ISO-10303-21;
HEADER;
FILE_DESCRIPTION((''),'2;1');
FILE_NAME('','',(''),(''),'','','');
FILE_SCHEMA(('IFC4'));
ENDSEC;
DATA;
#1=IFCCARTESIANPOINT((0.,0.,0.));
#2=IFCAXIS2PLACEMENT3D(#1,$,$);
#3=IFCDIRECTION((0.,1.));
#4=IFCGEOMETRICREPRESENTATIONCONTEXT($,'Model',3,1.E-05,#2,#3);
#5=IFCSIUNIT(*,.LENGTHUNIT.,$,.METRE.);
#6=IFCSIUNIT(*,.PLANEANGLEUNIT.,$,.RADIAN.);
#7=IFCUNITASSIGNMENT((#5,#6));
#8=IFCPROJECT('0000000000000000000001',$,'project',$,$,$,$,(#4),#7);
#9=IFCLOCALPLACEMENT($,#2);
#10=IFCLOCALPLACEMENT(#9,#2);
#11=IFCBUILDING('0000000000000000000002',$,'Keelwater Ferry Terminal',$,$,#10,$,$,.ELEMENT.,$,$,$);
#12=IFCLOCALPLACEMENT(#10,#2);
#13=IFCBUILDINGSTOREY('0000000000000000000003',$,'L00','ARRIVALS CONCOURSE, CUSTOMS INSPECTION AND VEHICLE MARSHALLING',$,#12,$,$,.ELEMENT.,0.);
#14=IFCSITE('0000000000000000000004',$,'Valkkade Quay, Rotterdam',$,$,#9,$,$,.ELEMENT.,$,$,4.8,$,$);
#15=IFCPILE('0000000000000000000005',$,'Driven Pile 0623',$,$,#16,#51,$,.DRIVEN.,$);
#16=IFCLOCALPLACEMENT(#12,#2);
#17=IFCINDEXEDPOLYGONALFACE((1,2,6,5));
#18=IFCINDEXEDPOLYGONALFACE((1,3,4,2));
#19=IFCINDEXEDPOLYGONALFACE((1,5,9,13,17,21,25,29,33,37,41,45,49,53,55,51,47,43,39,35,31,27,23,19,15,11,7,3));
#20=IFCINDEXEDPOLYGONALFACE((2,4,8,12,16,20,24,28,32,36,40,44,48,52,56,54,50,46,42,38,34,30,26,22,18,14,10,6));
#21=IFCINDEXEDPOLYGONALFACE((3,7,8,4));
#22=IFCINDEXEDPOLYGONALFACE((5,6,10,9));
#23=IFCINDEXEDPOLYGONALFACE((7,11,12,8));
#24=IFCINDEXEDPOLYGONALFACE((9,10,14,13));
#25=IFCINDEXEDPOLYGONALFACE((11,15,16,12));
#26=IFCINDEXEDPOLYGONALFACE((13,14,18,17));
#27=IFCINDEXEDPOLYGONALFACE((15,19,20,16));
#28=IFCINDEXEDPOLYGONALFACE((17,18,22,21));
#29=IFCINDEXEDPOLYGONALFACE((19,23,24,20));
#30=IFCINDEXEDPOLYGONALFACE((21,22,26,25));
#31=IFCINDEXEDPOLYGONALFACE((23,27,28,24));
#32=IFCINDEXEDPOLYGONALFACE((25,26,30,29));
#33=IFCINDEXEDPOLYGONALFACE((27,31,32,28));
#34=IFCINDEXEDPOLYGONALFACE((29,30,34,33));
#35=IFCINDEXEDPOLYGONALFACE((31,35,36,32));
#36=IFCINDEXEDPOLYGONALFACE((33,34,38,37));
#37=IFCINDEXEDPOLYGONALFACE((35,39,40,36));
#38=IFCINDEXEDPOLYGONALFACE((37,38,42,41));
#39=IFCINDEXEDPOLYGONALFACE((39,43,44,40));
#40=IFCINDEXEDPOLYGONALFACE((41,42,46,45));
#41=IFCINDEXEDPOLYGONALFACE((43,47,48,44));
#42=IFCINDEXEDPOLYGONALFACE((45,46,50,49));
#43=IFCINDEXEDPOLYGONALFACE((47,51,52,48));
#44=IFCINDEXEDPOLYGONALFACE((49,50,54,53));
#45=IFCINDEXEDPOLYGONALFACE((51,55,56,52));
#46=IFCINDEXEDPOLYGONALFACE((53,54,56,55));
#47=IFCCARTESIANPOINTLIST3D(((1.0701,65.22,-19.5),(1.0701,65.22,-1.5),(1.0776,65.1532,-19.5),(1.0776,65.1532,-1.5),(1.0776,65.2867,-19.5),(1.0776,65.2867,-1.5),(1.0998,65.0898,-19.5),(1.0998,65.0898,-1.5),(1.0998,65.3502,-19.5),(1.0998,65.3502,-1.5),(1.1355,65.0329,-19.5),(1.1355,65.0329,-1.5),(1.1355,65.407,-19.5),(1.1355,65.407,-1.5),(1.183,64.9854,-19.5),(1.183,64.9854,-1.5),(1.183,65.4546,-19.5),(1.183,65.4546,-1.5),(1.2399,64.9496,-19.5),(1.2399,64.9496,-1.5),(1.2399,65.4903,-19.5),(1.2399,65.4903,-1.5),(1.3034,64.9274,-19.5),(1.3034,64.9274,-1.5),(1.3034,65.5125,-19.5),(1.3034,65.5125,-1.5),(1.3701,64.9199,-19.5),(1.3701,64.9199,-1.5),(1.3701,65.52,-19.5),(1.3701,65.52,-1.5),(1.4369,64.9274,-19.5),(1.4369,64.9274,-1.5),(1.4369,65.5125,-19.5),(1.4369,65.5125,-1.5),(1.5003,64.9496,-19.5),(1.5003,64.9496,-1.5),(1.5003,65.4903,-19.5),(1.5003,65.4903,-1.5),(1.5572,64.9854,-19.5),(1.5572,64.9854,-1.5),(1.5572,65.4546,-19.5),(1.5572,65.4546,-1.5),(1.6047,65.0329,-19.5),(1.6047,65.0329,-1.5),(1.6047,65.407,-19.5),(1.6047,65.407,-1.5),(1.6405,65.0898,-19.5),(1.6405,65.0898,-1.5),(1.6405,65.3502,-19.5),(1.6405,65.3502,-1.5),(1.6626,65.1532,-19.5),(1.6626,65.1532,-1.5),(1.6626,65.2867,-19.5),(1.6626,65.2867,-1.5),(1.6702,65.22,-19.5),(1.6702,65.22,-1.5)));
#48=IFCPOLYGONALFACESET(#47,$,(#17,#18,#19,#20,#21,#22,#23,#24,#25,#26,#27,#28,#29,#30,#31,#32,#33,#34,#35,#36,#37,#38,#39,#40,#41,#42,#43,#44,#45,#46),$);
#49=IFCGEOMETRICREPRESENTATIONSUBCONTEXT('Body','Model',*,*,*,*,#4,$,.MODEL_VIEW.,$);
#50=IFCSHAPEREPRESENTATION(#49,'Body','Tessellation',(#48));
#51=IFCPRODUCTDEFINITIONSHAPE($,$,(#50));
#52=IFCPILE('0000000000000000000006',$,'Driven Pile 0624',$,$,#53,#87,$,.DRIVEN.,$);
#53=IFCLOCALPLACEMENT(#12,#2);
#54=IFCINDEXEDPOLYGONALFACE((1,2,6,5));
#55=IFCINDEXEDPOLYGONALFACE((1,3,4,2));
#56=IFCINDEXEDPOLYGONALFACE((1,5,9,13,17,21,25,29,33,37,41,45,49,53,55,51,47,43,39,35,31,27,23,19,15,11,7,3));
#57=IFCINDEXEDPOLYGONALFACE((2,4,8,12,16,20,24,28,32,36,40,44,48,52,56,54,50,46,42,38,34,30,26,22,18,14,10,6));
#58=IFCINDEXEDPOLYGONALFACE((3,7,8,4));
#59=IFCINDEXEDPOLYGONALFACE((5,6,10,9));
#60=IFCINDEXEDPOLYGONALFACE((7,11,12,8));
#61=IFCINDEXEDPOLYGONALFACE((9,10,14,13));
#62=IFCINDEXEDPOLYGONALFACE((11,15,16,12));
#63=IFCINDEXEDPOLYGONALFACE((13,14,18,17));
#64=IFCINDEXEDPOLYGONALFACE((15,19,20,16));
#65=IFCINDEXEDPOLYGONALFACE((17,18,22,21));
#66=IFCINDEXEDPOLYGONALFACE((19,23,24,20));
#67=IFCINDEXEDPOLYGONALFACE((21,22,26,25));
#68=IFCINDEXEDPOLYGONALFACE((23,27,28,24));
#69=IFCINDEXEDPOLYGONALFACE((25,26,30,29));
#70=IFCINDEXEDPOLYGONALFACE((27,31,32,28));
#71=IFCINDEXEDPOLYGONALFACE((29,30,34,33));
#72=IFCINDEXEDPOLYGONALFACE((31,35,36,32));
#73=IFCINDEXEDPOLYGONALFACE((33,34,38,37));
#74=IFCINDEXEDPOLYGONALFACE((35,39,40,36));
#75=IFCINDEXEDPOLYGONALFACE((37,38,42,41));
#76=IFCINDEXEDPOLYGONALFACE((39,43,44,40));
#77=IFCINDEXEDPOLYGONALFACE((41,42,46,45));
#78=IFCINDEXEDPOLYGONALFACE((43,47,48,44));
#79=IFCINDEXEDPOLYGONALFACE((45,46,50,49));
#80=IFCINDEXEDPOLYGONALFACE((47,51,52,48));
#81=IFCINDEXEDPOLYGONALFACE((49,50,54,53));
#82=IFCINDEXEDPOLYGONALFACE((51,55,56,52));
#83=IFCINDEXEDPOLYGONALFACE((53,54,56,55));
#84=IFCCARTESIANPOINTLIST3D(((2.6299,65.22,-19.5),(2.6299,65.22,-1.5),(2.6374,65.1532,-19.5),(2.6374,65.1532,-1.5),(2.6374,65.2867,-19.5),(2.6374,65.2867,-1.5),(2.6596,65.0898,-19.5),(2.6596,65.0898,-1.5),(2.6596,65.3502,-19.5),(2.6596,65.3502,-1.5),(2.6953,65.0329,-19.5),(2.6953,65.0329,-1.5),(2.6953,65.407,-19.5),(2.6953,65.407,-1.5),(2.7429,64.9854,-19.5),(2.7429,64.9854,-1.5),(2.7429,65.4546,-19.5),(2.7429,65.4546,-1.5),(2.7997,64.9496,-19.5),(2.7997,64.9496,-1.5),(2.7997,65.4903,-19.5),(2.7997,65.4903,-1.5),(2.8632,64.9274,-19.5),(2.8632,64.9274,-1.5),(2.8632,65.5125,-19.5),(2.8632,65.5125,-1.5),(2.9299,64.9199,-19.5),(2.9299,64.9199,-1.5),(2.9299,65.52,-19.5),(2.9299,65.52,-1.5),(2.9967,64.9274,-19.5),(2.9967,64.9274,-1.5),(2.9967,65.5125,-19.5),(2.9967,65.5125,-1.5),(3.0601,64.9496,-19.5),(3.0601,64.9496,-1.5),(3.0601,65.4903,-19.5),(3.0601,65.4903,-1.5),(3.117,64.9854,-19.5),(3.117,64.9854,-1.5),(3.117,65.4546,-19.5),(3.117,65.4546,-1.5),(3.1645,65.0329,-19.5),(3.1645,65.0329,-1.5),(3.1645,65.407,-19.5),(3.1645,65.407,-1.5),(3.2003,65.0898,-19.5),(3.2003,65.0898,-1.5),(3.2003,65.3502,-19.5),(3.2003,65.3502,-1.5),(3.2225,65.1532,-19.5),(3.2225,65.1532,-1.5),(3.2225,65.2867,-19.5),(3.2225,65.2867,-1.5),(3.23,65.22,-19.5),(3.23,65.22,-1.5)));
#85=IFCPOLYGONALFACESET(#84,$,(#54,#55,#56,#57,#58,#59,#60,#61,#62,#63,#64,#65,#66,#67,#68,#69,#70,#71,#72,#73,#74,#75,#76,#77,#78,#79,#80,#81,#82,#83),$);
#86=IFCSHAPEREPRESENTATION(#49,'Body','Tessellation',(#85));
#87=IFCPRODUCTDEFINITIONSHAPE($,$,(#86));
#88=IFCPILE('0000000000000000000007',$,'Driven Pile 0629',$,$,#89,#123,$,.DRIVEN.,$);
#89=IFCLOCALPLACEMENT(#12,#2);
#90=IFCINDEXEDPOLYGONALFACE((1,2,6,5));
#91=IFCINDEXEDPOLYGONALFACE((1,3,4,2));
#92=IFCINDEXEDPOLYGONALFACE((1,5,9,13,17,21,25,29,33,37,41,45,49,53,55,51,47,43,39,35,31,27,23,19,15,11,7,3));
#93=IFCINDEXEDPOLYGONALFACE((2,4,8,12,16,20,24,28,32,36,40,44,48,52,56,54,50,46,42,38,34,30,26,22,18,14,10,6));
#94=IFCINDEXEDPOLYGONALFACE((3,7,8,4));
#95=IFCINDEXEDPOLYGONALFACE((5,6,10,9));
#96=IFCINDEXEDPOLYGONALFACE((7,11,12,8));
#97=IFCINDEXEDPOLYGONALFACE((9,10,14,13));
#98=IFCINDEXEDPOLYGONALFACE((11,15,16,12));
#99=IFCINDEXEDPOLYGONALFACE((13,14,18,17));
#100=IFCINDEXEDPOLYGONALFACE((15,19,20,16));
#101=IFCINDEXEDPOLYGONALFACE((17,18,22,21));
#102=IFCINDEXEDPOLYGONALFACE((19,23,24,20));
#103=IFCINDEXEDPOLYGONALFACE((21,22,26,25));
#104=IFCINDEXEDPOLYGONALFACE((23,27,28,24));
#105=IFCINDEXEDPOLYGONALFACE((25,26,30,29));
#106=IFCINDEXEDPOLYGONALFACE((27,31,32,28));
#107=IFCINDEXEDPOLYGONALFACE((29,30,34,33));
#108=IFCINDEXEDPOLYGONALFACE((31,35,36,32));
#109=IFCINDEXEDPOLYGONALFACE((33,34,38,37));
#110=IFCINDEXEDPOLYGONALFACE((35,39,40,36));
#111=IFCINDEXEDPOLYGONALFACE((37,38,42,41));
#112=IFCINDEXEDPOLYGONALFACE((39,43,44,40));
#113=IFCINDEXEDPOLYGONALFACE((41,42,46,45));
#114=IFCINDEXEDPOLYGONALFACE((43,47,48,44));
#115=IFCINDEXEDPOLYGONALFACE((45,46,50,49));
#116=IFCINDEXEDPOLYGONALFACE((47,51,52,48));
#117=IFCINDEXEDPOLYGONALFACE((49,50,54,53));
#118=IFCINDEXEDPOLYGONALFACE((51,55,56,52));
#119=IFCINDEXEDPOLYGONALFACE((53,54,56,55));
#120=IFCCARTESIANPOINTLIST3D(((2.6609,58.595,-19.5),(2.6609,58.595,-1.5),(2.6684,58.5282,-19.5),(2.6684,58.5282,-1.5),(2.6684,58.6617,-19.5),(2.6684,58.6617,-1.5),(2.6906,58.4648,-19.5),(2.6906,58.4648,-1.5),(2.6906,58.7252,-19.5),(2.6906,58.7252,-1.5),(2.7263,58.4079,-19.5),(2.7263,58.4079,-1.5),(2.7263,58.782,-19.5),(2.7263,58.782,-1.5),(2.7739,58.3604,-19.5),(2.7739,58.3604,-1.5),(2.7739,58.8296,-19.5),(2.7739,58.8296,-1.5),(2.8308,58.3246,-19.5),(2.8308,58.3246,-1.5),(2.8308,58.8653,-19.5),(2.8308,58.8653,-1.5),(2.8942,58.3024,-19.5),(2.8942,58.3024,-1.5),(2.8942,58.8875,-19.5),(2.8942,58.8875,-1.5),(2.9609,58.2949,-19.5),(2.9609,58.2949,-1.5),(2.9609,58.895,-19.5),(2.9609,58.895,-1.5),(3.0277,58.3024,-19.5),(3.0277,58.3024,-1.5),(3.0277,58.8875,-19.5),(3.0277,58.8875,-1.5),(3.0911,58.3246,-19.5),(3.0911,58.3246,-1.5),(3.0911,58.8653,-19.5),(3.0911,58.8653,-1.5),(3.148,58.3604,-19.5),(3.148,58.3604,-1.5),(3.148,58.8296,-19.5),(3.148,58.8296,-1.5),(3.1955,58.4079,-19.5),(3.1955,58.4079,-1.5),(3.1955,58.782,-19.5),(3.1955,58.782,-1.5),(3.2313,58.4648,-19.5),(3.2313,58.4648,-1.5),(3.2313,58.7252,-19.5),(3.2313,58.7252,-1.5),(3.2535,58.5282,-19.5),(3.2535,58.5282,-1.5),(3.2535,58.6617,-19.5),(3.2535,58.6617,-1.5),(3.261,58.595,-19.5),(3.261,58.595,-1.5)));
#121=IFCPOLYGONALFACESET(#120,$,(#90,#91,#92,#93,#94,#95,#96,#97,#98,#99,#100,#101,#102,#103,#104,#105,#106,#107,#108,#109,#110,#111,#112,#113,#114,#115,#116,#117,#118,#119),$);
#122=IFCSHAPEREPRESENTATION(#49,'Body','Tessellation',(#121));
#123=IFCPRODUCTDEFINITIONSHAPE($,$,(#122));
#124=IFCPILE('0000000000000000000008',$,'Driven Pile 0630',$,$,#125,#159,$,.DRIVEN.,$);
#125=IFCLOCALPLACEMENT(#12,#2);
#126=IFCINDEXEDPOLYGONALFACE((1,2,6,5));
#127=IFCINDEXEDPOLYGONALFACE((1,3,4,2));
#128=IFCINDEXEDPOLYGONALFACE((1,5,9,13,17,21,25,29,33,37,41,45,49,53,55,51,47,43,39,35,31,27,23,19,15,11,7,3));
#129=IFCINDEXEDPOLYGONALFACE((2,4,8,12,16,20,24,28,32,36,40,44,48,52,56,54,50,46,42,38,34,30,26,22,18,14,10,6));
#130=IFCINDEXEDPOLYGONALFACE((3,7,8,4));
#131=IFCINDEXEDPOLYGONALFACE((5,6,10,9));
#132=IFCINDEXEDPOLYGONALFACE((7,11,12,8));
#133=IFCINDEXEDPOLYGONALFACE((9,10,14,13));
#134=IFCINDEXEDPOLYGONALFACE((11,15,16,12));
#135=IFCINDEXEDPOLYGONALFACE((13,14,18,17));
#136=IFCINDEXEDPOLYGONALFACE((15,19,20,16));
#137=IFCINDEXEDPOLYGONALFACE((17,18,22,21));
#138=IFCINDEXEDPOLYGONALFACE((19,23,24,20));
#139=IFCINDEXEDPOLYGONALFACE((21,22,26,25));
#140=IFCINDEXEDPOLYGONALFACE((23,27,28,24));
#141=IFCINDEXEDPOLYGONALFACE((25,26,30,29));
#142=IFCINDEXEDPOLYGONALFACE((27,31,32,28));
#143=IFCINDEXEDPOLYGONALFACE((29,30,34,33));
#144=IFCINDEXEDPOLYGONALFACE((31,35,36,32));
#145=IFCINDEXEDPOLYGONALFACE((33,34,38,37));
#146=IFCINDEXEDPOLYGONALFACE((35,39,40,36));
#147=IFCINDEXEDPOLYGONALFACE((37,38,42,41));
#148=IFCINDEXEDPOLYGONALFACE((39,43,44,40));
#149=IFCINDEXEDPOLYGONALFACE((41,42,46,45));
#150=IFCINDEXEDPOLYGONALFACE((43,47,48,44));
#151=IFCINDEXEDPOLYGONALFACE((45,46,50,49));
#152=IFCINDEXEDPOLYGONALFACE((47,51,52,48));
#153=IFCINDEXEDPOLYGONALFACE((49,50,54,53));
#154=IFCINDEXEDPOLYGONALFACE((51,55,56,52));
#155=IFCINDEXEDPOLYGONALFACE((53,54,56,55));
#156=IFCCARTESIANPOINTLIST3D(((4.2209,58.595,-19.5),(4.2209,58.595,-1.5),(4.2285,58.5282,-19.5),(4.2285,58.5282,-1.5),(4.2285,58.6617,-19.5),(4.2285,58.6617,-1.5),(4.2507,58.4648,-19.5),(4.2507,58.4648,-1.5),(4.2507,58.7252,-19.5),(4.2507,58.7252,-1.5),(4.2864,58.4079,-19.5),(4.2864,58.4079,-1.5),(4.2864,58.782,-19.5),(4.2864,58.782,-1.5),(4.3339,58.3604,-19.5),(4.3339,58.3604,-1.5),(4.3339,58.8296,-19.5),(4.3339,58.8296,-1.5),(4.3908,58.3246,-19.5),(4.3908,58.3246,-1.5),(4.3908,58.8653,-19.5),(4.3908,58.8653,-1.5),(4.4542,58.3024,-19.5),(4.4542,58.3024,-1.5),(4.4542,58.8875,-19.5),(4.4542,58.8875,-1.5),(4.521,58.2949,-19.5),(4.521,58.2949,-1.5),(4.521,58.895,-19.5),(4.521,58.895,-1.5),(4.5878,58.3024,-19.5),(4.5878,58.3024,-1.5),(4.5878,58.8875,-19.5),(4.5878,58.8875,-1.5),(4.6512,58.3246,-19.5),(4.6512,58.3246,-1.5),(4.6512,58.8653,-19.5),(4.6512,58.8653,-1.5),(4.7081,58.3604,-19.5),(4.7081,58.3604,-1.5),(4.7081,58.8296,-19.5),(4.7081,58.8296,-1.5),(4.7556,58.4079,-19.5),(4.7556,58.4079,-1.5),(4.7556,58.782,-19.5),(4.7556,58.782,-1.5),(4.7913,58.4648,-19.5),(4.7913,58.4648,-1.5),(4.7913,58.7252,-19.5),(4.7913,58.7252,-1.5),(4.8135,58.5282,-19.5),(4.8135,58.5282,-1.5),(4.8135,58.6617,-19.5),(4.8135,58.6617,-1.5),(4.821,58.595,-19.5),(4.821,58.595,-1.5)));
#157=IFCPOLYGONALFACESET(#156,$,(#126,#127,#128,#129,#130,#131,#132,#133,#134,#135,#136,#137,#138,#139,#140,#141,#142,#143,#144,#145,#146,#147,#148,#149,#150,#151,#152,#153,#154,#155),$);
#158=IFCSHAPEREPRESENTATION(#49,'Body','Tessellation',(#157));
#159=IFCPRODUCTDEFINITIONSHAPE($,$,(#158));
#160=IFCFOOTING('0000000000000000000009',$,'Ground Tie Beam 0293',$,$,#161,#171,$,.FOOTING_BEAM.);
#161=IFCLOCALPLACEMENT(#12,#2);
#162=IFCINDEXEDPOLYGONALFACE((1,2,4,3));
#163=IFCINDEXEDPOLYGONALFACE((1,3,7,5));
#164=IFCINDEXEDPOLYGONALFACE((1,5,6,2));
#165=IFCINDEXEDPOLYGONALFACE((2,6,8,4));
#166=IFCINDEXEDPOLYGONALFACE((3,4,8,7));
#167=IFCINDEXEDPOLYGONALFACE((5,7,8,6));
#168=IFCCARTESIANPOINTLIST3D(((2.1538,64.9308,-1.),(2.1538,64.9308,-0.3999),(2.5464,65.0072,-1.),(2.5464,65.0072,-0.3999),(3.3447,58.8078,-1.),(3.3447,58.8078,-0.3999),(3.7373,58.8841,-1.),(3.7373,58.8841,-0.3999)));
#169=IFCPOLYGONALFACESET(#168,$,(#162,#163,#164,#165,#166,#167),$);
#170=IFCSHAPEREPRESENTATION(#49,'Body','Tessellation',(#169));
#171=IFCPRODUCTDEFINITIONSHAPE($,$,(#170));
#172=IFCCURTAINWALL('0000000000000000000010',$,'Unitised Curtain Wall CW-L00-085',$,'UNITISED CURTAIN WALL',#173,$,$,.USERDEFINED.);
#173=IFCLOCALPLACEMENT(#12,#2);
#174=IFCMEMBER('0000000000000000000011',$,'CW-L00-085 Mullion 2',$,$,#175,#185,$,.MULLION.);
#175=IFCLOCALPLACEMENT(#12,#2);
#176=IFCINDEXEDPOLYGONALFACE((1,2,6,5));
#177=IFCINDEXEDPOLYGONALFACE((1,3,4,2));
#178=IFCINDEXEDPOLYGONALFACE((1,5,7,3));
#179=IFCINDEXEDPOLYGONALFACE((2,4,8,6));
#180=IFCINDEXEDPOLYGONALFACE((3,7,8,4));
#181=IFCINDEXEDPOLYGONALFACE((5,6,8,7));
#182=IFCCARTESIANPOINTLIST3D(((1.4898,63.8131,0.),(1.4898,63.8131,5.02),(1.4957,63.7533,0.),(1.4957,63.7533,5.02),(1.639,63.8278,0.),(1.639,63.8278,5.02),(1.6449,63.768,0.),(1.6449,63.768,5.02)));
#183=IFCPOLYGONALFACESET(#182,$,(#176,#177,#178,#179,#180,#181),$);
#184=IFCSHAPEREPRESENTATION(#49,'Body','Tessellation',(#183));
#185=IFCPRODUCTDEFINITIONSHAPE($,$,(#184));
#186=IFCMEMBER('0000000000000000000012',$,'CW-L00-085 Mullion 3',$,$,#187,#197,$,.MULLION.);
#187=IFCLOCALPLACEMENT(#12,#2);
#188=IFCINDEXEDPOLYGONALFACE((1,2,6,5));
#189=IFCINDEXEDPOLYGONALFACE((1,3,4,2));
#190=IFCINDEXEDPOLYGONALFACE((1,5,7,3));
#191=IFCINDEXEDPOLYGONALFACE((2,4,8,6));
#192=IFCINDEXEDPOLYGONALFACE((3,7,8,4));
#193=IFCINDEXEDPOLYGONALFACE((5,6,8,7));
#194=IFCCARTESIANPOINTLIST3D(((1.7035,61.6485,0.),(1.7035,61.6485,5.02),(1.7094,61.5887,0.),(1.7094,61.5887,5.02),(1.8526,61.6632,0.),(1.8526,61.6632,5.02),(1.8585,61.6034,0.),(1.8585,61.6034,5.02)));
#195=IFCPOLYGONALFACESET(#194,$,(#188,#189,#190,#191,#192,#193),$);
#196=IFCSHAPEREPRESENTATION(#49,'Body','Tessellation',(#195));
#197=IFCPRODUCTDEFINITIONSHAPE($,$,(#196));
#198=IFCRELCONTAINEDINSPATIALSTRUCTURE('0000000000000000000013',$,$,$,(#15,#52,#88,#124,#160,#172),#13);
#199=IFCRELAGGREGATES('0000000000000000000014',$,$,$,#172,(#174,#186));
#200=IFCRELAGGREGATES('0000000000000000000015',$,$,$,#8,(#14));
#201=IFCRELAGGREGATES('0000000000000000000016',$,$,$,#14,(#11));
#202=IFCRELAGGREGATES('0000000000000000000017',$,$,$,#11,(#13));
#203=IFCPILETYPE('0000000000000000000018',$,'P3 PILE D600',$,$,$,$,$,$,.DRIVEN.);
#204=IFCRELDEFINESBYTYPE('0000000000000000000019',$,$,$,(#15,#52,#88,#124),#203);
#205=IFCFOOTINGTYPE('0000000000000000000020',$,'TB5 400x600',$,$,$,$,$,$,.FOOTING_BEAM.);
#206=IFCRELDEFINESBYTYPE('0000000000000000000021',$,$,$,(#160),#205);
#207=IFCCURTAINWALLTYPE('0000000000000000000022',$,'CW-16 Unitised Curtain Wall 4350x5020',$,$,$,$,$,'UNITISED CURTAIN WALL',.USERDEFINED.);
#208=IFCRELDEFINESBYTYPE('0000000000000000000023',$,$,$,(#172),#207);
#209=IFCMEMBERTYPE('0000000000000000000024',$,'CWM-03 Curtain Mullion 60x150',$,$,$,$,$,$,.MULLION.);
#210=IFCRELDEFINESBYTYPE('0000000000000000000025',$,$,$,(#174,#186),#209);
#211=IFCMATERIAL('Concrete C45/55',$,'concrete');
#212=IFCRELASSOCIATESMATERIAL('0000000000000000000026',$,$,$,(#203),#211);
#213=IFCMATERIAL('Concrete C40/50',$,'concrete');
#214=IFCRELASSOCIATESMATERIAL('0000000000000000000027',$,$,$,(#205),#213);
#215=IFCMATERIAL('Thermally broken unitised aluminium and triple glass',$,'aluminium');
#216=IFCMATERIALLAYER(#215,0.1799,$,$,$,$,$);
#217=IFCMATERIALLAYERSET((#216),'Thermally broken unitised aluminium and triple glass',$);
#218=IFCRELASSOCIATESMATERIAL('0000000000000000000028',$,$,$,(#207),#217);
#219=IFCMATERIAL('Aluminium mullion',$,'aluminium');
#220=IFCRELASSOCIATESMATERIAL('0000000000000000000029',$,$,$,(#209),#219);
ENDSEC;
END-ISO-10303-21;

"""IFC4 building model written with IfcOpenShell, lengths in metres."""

from ifc_helpers import new_model, si_unit, direction, frame, origin, origin_2d, place, context, subcontext, project, spatial, rectangle, circle, extrude, material, layer, layer_set, material_profile, profile_set, type_object, element, aggregate, save


model = new_model("IFC4")

# Units and contexts
model_context = context("Model", 3, precision=1e-05, world=origin(), true_north=direction((0.0, 1.0)))
body_context = subcontext(model_context, "Body", "Model", "MODEL_VIEW")
ifc_project = project(units=[si_unit("LENGTHUNIT", "METRE"), si_unit("PLANEANGLEUNIT", "RADIAN")], contexts=[model_context])

# Site, building, storey
site_placement = place(None, origin())
site = spatial("IfcSite", under=ifc_project, at=site_placement, Name="Valkkade Quay, Rotterdam", CompositionType="ELEMENT", RefElevation=4.8)
building_placement = place(site_placement, origin())
building = spatial("IfcBuilding", under=site, at=building_placement, Name="Keelwater Ferry Terminal", CompositionType="ELEMENT")
storey_placement = place(building_placement, origin())
storey = spatial("IfcBuildingStorey", under=building, at=storey_placement, Name="L00", Description="ARRIVALS CONCOURSE, CUSTOMS INSPECTION AND VEHICLE MARSHALLING", CompositionType="ELEMENT", Elevation=0.0)

# Piles
ifc_material_1 = material(Name="Concrete C45/55", Category="concrete")
ifc_material_profile_1 = material_profile(ifc_material_1, circle(Radius=0.3, at=origin_2d()), Name="PILE D600")
ifc_profile_set_1 = profile_set([ifc_material_profile_1], Name="Concrete C45/55")
pile_type = type_object("IfcPileType", Name="P3 PILE D600", PredefinedType="DRIVEN", material=ifc_profile_set_1)
for number, where, z_axis, x_axis, name in (
    (1, (1.3701, 65.22, -1.5), (0.0, 0.0, -1.0), (1.0, 0.0, 0.0), "Driven Pile 0623"),
    (2, (2.9299, 65.22, -1.5), (0.0, 0.0, -1.0), (1.0, 0.0, 0.0), "Driven Pile 0624"),
    (3, (2.9609, 58.595, -1.5), (0.0, 0.0, -1.0), (1.0, 0.0, 0.0), "Driven Pile 0629"),
    (4, (4.521, 58.595, -1.5), (0.0, 0.0, -1.0), (1.0, 0.0, 0.0), "Driven Pile 0630"),
):
    element("IfcPile", number, at=place(storey_placement, frame(where, z_axis=z_axis, x_axis=x_axis)), inside=storey, type_object=pile_type, Name=name, PredefinedType="DRIVEN", context=body_context, shape_type="SweptSolid", body=[
        extrude(circle(Radius=0.3, at=origin_2d()), origin(), (0.0, 0.0, 1.0), 18.0),
    ])

# Footing
ifc_material_2 = material(Name="Concrete C40/50", Category="concrete")
ifc_material_profile_2 = material_profile(ifc_material_2, rectangle(XDim=0.3999, YDim=0.6001, at=origin_2d()), Name="TB 400x600")
ifc_profile_set_2 = profile_set([ifc_material_profile_2], Name="Concrete C40/50")
footing_type = type_object("IfcFootingType", Name="TB5 400x600", PredefinedType="FOOTING_BEAM", material=ifc_profile_set_2)
footing_placement = place(storey_placement, frame((2.3501, 64.969, -0.7), z_axis=(0.19092, -0.981606, 0.0), x_axis=(0.981606, 0.19092, 0.0)))
element("IfcFooting", 5, at=footing_placement, inside=storey, type_object=footing_type, Name="Ground Tie Beam 0293", PredefinedType="FOOTING_BEAM", context=body_context, shape_type="SweptSolid", body=[
    extrude(rectangle(XDim=0.3999, YDim=0.6001, at=origin_2d()), origin(), (0.0, 0.0, 1.0), 6.2378),
])

# Curtain wall, members
ifc_material_3 = material(Name="Thermally broken unitised aluminium and triple glass", Category="aluminium")
ifc_layer_1 = layer(ifc_material_3, 0.1799)
ifc_layer_set_1 = layer_set([ifc_layer_1], Name="Thermally broken unitised aluminium and triple glass")
curtain_wall_type = type_object("IfcCurtainWallType", Name="CW-16 Unitised Curtain Wall 4350x5020", ElementType="UNITISED CURTAIN WALL", PredefinedType="USERDEFINED", material=ifc_layer_set_1)
curtain_wall_1_placement = place(storey_placement, origin())
curtain_wall_1 = element("IfcCurtainWall", 6, at=curtain_wall_1_placement, inside=storey, type_object=curtain_wall_type, Name="Unitised Curtain Wall CW-L00-085", ObjectType="UNITISED CURTAIN WALL", PredefinedType="USERDEFINED")
ifc_material_4 = material(Name="Aluminium mullion", Category="aluminium")
ifc_material_profile_3 = material_profile(ifc_material_4, rectangle(XDim=0.0601, YDim=0.1499, at=origin_2d()), Name="CWM-03")
ifc_profile_set_3 = profile_set([ifc_material_profile_3], Name="Aluminium mullion")
member_type_1 = type_object("IfcMemberType", Name="CWM-03 Curtain Mullion 60x150", PredefinedType="MULLION", material=ifc_profile_set_3)
member_1_placement = place(storey_placement, frame((1.5674, 63.7905, 0.0), z_axis=(0.0, 0.0, 1.0), x_axis=(0.098161, -0.995171, 0.0)))
member_1 = element("IfcMember", 7, at=member_1_placement, type_object=member_type_1, Name="CW-L00-085 Mullion 2", PredefinedType="MULLION", context=body_context, shape_type="SweptSolid", body=[
    extrude(rectangle(XDim=0.0601, YDim=0.1499, at=origin_2d()), origin(), (0.0, 0.0, 1.0), 5.02),
])
member_2_placement = place(storey_placement, frame((1.781, 61.626, 0.0), z_axis=(0.0, 0.0, 1.0), x_axis=(0.098161, -0.995171, 0.0)))
member_2 = element("IfcMember", 8, at=member_2_placement, type_object=member_type_1, Name="CW-L00-085 Mullion 3", PredefinedType="MULLION", context=body_context, shape_type="SweptSolid", body=[
    extrude(rectangle(XDim=0.0601, YDim=0.1499, at=origin_2d()), origin(), (0.0, 0.0, 1.0), 5.02),
])

aggregate(curtain_wall_1, [member_1, member_2])

save(model, "model.ifc")
